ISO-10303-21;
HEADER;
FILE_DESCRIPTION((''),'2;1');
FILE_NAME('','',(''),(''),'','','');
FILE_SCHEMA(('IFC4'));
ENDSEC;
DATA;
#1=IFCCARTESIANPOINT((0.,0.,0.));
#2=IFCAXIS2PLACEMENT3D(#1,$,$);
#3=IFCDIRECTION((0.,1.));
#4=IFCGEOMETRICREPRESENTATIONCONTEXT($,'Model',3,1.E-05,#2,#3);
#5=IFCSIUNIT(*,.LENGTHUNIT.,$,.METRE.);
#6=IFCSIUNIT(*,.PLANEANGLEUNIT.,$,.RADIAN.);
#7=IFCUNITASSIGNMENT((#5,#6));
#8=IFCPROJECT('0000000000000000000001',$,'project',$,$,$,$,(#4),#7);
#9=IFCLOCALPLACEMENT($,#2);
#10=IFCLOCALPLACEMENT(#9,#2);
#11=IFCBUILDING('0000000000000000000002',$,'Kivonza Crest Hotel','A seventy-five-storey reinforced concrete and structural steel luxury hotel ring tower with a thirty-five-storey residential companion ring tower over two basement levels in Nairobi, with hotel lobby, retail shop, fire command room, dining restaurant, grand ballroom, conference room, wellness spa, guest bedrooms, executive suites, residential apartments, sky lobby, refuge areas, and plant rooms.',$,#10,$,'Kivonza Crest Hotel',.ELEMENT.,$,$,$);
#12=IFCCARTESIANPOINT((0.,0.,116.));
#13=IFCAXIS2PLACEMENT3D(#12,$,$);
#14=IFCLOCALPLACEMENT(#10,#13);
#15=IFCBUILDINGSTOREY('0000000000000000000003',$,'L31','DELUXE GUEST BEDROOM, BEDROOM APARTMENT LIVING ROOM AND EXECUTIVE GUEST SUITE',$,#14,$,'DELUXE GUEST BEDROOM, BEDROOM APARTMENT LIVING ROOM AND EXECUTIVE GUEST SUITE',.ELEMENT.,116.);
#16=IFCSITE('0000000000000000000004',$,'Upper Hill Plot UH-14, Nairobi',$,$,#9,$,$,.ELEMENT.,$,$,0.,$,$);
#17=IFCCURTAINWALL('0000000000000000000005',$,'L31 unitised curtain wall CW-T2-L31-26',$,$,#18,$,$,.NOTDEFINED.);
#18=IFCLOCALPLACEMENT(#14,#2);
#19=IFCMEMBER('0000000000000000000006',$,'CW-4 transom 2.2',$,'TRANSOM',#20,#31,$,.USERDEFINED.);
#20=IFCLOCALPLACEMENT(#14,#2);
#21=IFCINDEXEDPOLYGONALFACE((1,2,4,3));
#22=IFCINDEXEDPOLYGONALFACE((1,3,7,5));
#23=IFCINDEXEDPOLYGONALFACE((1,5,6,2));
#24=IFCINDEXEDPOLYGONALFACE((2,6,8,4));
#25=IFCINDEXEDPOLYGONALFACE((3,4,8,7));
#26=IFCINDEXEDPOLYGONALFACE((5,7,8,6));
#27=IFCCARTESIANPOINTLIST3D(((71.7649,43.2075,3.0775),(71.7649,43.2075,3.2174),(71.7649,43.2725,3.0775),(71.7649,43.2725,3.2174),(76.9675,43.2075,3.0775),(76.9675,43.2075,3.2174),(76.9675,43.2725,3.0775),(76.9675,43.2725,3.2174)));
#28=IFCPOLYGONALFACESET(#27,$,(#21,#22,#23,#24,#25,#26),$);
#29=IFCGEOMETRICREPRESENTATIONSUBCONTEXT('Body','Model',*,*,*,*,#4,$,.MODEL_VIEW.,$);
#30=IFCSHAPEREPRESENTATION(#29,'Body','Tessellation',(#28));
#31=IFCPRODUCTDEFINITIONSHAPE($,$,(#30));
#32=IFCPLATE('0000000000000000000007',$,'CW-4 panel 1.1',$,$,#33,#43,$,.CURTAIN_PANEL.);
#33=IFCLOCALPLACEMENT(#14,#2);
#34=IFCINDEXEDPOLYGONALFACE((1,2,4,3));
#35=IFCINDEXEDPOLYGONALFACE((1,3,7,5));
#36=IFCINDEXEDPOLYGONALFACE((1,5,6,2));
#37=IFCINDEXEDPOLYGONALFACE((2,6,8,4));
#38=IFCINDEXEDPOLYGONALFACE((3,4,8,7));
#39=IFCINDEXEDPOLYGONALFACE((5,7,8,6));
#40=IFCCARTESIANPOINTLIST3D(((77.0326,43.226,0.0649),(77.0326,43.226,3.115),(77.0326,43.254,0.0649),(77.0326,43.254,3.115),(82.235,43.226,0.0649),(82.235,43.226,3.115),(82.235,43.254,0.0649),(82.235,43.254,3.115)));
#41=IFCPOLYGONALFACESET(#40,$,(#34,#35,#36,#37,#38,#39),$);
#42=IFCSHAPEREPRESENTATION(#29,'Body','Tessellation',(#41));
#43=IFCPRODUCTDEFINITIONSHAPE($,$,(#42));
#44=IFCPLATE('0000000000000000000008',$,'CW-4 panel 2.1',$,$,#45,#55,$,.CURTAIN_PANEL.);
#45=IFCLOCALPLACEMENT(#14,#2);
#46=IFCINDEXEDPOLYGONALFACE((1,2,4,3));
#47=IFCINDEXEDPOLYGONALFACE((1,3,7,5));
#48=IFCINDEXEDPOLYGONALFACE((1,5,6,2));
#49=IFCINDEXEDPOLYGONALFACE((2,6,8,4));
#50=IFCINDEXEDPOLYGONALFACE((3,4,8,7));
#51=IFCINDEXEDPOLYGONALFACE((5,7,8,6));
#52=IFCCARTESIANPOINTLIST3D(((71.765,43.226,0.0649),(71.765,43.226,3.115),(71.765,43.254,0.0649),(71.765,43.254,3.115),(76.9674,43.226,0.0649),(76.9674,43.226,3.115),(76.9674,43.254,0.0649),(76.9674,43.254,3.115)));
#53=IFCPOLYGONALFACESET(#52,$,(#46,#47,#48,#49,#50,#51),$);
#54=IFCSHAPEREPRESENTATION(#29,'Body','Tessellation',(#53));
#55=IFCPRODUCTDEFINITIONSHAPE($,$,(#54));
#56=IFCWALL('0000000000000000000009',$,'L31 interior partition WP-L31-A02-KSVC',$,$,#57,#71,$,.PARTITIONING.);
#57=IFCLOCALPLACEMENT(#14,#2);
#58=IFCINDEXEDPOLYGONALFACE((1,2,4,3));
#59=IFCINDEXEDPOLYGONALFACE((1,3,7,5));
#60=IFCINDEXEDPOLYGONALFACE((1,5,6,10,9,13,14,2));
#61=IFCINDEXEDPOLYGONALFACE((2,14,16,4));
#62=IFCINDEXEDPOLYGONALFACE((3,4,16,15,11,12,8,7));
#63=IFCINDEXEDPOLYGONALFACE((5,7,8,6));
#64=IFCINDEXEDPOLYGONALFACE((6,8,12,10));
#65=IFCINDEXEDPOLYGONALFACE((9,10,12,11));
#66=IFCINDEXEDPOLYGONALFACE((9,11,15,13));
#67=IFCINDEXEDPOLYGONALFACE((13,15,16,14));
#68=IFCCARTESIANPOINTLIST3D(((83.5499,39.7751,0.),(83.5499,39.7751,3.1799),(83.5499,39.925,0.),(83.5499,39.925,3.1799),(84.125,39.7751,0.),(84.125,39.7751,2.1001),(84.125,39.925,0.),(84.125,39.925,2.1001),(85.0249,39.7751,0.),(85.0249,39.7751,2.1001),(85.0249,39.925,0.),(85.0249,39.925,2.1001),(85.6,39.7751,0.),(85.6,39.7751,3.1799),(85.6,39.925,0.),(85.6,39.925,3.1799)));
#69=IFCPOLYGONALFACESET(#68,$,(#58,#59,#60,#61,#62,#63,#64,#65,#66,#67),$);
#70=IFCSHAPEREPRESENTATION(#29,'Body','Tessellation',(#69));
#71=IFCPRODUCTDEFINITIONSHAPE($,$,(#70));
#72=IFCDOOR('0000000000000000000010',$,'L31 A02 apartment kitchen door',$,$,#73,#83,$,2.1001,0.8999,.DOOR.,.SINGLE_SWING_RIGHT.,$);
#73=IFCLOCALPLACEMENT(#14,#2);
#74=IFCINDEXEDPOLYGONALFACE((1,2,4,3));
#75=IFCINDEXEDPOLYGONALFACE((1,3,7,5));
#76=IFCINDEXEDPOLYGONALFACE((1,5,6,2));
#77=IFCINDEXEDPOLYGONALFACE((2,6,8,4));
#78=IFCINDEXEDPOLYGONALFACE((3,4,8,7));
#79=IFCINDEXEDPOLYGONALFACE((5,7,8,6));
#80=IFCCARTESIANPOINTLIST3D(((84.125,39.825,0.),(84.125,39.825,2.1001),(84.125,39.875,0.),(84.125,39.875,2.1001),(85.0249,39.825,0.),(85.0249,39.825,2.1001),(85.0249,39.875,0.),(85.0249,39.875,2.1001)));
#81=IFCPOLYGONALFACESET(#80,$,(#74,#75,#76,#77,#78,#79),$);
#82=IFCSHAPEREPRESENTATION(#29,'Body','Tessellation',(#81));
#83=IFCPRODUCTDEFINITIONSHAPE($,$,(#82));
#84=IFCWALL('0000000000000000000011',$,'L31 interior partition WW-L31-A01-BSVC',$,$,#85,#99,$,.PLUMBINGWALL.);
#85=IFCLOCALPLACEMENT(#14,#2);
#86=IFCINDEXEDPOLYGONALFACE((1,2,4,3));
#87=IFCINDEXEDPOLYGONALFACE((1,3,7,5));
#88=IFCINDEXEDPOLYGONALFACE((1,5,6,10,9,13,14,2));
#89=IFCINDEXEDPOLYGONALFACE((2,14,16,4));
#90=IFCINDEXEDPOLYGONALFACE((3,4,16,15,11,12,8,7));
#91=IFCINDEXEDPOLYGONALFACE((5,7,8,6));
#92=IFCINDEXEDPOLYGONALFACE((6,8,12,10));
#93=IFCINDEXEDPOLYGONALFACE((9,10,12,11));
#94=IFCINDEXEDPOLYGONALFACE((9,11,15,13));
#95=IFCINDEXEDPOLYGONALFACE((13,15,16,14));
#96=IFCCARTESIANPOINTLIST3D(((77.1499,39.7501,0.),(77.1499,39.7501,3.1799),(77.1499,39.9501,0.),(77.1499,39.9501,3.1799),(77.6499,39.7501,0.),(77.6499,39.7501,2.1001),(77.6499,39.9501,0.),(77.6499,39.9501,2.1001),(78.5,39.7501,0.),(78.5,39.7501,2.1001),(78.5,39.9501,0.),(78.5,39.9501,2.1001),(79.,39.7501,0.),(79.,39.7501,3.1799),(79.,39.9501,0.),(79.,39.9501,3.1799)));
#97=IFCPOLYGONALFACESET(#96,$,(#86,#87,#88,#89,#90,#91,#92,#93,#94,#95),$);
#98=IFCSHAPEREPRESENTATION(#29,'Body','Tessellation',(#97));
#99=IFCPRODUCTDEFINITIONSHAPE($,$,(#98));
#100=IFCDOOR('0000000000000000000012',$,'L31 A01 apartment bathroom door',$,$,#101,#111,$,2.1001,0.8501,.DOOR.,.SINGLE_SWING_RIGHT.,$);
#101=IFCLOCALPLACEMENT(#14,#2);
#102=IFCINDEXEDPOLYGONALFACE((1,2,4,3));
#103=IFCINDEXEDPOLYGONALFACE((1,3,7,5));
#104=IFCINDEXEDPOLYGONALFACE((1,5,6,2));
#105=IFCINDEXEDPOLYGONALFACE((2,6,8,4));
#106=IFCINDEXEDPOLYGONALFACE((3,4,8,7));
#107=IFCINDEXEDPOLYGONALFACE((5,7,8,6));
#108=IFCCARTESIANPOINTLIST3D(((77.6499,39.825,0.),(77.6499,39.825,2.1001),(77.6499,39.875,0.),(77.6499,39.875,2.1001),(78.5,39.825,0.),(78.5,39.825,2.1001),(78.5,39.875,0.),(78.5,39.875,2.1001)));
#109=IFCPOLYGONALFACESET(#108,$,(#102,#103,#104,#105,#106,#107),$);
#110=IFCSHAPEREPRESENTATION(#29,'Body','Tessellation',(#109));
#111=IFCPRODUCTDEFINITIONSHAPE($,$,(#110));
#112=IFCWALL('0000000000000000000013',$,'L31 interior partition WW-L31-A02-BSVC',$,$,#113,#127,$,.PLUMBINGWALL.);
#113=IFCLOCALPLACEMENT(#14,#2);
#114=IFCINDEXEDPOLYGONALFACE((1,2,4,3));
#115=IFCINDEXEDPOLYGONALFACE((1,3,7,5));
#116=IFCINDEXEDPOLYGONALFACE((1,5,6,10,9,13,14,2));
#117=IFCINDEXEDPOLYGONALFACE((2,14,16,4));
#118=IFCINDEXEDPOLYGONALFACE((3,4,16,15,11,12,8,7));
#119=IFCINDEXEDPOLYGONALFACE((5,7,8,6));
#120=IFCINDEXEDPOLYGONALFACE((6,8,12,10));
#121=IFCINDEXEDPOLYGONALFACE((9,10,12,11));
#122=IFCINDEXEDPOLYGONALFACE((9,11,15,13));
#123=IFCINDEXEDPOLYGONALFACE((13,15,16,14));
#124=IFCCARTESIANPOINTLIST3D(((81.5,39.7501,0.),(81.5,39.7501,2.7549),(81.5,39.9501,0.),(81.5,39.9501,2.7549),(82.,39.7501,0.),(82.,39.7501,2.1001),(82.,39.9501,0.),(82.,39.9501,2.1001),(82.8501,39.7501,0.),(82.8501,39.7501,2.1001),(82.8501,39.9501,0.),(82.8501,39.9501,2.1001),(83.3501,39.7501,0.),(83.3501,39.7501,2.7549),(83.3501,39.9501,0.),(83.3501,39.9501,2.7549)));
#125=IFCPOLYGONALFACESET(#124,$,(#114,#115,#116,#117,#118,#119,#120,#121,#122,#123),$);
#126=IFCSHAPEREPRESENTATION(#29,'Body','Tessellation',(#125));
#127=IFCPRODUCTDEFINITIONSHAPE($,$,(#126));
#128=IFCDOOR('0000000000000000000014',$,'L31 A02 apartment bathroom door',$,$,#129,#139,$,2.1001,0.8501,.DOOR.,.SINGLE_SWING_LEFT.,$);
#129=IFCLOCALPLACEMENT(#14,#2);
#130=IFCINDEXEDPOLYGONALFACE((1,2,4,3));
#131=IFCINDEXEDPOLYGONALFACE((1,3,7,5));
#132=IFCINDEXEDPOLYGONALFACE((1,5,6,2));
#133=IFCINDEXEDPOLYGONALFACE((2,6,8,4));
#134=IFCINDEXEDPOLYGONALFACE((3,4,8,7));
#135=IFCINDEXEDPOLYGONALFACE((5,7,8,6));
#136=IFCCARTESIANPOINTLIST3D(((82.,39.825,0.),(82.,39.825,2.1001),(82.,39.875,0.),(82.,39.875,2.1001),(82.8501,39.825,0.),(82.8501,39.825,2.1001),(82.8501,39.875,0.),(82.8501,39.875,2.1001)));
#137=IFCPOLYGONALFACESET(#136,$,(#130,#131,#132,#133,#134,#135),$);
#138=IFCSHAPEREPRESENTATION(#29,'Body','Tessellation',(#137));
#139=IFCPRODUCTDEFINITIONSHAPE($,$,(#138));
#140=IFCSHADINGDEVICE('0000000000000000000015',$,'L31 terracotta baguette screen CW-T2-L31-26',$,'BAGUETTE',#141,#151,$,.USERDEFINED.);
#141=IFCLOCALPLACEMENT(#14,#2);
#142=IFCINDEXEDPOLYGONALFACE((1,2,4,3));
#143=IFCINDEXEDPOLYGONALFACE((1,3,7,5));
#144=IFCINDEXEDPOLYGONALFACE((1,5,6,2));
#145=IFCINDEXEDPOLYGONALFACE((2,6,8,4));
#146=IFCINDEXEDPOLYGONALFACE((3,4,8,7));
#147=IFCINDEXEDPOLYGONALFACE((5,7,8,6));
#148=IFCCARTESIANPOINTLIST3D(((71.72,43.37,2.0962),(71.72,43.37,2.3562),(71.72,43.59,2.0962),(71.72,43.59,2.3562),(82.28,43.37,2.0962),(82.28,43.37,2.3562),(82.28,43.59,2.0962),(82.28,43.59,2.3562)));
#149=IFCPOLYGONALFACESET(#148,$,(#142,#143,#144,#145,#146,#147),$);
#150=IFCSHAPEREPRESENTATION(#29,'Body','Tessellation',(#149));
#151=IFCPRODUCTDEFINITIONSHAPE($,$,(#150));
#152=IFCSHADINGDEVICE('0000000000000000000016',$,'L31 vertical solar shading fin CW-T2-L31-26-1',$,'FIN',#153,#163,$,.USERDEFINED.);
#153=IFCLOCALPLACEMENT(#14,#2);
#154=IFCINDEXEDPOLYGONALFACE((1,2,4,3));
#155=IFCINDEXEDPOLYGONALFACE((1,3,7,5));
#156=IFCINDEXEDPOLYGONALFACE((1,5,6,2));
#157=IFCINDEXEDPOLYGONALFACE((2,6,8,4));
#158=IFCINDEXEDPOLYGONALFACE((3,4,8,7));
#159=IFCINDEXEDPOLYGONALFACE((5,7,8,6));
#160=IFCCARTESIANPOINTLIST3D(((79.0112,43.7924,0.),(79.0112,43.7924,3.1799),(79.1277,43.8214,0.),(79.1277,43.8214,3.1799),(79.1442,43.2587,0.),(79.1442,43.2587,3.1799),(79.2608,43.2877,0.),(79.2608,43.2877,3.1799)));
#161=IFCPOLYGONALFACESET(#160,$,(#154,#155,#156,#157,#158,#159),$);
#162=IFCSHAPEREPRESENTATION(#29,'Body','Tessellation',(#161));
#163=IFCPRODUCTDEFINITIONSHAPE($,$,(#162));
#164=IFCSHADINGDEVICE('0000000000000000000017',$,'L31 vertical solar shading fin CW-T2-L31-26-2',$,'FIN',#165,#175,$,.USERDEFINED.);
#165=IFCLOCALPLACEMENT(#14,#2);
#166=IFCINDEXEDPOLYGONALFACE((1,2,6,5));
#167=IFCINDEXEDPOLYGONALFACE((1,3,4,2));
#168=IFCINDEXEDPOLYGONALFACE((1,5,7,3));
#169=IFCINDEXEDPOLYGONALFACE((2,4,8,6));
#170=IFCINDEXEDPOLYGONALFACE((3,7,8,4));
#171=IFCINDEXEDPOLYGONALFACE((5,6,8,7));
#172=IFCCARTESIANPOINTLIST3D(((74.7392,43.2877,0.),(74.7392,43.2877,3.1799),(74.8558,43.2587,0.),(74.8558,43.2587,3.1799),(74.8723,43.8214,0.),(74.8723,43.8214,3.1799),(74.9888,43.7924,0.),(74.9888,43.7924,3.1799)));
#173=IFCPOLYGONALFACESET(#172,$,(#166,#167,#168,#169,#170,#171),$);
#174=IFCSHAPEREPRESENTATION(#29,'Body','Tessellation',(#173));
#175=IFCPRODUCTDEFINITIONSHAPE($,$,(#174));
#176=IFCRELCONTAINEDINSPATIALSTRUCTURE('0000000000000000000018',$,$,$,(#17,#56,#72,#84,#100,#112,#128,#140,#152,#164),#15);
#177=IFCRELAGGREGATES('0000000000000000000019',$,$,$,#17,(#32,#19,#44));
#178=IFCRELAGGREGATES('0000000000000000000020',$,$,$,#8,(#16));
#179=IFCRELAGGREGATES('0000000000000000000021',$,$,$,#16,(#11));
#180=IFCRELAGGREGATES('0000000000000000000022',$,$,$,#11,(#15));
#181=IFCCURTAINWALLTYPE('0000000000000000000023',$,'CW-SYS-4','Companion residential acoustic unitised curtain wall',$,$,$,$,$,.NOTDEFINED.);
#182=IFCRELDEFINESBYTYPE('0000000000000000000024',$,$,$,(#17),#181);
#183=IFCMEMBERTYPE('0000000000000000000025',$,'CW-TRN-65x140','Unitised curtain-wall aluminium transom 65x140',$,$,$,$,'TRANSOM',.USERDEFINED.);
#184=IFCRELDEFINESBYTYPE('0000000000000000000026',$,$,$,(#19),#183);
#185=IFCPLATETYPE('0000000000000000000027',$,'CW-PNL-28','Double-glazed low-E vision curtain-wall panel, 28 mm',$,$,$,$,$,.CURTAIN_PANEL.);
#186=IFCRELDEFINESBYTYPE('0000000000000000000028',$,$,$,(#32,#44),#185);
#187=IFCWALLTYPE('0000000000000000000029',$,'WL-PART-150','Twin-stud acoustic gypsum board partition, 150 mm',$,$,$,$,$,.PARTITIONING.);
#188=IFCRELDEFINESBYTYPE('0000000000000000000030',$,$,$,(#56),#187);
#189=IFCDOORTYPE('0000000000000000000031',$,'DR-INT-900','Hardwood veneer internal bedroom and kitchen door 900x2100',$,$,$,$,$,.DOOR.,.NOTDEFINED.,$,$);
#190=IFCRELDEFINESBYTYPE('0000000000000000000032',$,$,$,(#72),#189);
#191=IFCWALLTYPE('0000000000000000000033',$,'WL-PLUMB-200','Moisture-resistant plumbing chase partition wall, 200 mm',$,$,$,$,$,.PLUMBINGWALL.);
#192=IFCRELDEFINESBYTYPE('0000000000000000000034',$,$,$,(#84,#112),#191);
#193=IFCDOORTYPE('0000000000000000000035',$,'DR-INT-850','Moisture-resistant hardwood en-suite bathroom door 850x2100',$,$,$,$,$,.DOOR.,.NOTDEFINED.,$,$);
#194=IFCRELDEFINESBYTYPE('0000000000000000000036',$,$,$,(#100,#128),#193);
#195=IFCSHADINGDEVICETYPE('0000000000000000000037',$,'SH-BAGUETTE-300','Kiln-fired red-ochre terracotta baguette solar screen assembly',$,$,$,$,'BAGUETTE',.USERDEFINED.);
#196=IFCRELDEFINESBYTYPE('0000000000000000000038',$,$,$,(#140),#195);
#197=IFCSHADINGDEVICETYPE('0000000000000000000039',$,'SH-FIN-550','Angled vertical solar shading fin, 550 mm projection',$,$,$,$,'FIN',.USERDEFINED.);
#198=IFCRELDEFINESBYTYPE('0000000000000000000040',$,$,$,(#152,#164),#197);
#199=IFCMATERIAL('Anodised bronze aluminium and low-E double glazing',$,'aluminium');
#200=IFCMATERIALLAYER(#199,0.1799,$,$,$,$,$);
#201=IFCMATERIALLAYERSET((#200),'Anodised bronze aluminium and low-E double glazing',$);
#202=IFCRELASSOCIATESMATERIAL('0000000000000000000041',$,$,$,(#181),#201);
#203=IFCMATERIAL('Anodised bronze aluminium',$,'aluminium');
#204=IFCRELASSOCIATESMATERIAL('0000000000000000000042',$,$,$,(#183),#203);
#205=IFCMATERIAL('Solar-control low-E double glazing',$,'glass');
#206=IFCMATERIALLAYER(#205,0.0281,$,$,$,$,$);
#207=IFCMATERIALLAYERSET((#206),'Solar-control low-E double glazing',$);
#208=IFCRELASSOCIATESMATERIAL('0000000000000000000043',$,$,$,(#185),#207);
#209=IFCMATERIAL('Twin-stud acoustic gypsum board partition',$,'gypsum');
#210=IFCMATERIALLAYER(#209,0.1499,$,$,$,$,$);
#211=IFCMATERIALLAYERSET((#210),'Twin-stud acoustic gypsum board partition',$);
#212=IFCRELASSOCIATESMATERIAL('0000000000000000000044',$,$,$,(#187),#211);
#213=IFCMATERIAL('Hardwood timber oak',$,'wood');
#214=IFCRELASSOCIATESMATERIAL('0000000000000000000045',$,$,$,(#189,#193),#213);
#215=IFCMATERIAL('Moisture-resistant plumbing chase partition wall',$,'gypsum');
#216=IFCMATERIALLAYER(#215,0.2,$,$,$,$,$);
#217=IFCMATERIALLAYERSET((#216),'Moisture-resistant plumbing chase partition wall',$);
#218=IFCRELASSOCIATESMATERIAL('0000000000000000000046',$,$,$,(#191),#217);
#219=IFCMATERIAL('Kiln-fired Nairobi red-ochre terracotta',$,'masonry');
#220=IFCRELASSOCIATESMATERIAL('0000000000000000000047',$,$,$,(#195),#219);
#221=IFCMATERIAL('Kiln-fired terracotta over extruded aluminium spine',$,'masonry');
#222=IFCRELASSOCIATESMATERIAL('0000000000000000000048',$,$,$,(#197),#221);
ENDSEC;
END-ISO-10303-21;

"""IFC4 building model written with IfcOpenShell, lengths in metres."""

from ifc_helpers import new_model, si_unit, direction, frame, frame_2d, origin, origin_2d, place, context, subcontext, project, spatial, rectangle, extrude, material, layer, layer_set, material_profile, profile_set, type_object, element, fill, aggregate, save


model = new_model("IFC4")

# Units and contexts
model_context = context("Model", 3, precision=1e-05, world=origin(), true_north=direction((0.0, 1.0)))
body_context = subcontext(model_context, "Body", "Model", "MODEL_VIEW")
ifc_project = project(units=[si_unit("LENGTHUNIT", "METRE"), si_unit("PLANEANGLEUNIT", "RADIAN")], contexts=[model_context])

# Site, building, storey
site_placement = place(None, origin())
site = spatial("IfcSite", under=ifc_project, at=site_placement, Name="Upper Hill Plot UH-14, Nairobi", CompositionType="ELEMENT", RefElevation=0.0)
building_placement = place(site_placement, origin())
building = spatial("IfcBuilding", under=site, at=building_placement, Name="Kivonza Crest Hotel", Description="A seventy-five-storey reinforced concrete and structural steel luxury hotel ring tower with a thirty-five-storey residential companion ring tower over two basement levels in Nairobi, with hotel lobby, retail shop, fire command room, dining restaurant, grand ballroom, conference room, wellness spa, guest bedrooms, executive suites, residential apartments, sky lobby, refuge areas, and plant rooms.", LongName="Kivonza Crest Hotel", CompositionType="ELEMENT")
storey_placement = place(building_placement, frame((0.0, 0.0, 116.0)))
storey = spatial("IfcBuildingStorey", under=building, at=storey_placement, Name="L31", Description="DELUXE GUEST BEDROOM, BEDROOM APARTMENT LIVING ROOM AND EXECUTIVE GUEST SUITE", LongName="DELUXE GUEST BEDROOM, BEDROOM APARTMENT LIVING ROOM AND EXECUTIVE GUEST SUITE", CompositionType="ELEMENT", Elevation=116.0)

# Curtain wall, member, plates
ifc_material_1 = material(Name="Anodised bronze aluminium and low-E double glazing", Category="aluminium")
ifc_layer_1 = layer(ifc_material_1, 0.1799)
ifc_layer_set_1 = layer_set([ifc_layer_1], Name="Anodised bronze aluminium and low-E double glazing")
curtain_wall_type = type_object("IfcCurtainWallType", Name="CW-SYS-4", Description="Companion residential acoustic unitised curtain wall", PredefinedType="NOTDEFINED", material=ifc_layer_set_1)
curtain_wall_placement = place(storey_placement, origin())
curtain_wall = element("IfcCurtainWall", 1, at=curtain_wall_placement, inside=storey, type_object=curtain_wall_type, Name="L31 unitised curtain wall CW-T2-L31-26", PredefinedType="NOTDEFINED")
ifc_material_2 = material(Name="Anodised bronze aluminium", Category="aluminium")
ifc_material_profile_1 = material_profile(ifc_material_2, rectangle(XDim=0.0649, YDim=0.1399, at=origin_2d()), Name="CW-T 65x140")
ifc_profile_set_1 = profile_set([ifc_material_profile_1], Name="Anodised bronze aluminium")
member_type_1 = type_object("IfcMemberType", Name="CW-TRN-65x140", Description="Unitised curtain-wall aluminium transom 65x140", ElementType="TRANSOM", PredefinedType="USERDEFINED", material=ifc_profile_set_1)
member_1_placement = place(storey_placement, frame((76.9675, 43.24, 3.1475), z_axis=(-1.0, 0.0, 0.0), x_axis=(0.0, -1.0, 0.0)))
member_1 = element("IfcMember", 2, at=member_1_placement, type_object=member_type_1, Name="CW-4 transom 2.2", ObjectType="TRANSOM", PredefinedType="USERDEFINED", context=body_context, shape_type="SweptSolid", body=[
    extrude(rectangle(XDim=0.0649, YDim=0.1399, at=origin_2d()), origin(), (0.0, 0.0, 1.0), 5.2026),
])
ifc_material_3 = material(Name="Solar-control low-E double glazing", Category="glass")
ifc_layer_2 = layer(ifc_material_3, 0.0281)
ifc_layer_set_2 = layer_set([ifc_layer_2], Name="Solar-control low-E double glazing")
plate_type = type_object("IfcPlateType", Name="CW-PNL-28", Description="Double-glazed low-E vision curtain-wall panel, 28 mm", PredefinedType="CURTAIN_PANEL", material=ifc_layer_set_2)
plate_1_placement = place(storey_placement, frame((79.6338, 43.24, 0.0649), z_axis=(0.0, 0.0, 1.0), x_axis=(-1.0, 0.0, 0.0)))
plate_1 = element("IfcPlate", 3, at=plate_1_placement, type_object=plate_type, Name="CW-4 panel 1.1", PredefinedType="CURTAIN_PANEL", context=body_context, shape_type="SweptSolid", body=[
    extrude(rectangle(XDim=5.2024, YDim=0.0281, at=origin_2d()), origin(), (0.0, 0.0, 1.0), 3.05),
])
plate_2_placement = place(storey_placement, frame((74.3662, 43.24, 0.0649), z_axis=(0.0, 0.0, 1.0), x_axis=(-1.0, 0.0, 0.0)))
plate_2 = element("IfcPlate", 4, at=plate_2_placement, type_object=plate_type, Name="CW-4 panel 2.1", PredefinedType="CURTAIN_PANEL", context=body_context, shape_type="SweptSolid", body=[
    extrude(rectangle(XDim=5.2024, YDim=0.0281, at=origin_2d()), origin(), (0.0, 0.0, 1.0), 3.05),
])
aggregate(curtain_wall, [plate_1, member_1, plate_2])

# Walls, openings, doors
ifc_material_4 = material(Name="Twin-stud acoustic gypsum board partition", Category="gypsum")
ifc_layer_3 = layer(ifc_material_4, 0.1499)
ifc_layer_set_3 = layer_set([ifc_layer_3], Name="Twin-stud acoustic gypsum board partition")
wall_type_1 = type_object("IfcWallType", Name="WL-PART-150", Description="Twin-stud acoustic gypsum board partition, 150 mm", PredefinedType="PARTITIONING", material=ifc_layer_set_3)
wall_1_placement = place(storey_placement, frame((83.55, 39.8501, 0.0), z_axis=(0.0, 0.0, 1.0), x_axis=(1.0, 0.0, 0.0)))
wall_1 = element("IfcWall", 5, at=wall_1_placement, inside=storey, type_object=wall_type_1, Name="L31 interior partition WP-L31-A02-KSVC", PredefinedType="PARTITIONING", context=body_context, shape_type="SweptSolid", body=[
    extrude(rectangle(XDim=2.05, YDim=0.1499, at=frame_2d((1.0249, 0.0))), origin(), (0.0, 0.0, 1.0), 3.1799),
])
opening_1_placement = place(wall_1_placement, frame((0.575, 0.0, 0.0)))
opening_1 = element("IfcOpeningElement", 6, at=opening_1_placement, cuts=wall_1, PredefinedType="OPENING", context=body_context, shape_type="SweptSolid", body=[
    extrude(rectangle(XDim=0.8999, YDim=2.1001, at=frame_2d((0.45, 1.05))), frame((0.0, 0.085, 0.0), z_axis=(0.0, -1.0, 0.0), x_axis=(1.0, 0.0, 0.0)), (0.0, 0.0, 1.0), 0.1699),
])
ifc_material_5 = material(Name="Hardwood timber oak", Category="wood")
door_type_1 = type_object("IfcDoorType", Name="DR-INT-900", Description="Hardwood veneer internal bedroom and kitchen door 900x2100", OperationType="NOTDEFINED", PredefinedType="DOOR", material=ifc_material_5)
door_1_placement = place(opening_1_placement, origin())
door_1 = element("IfcDoor", 7, at=door_1_placement, inside=storey, type_object=door_type_1, Name="L31 A02 apartment kitchen door", OperationType="SINGLE_SWING_RIGHT", OverallHeight=2.1001, OverallWidth=0.8999, PredefinedType="DOOR", context=body_context, shape_type="SweptSolid", body=[
    extrude(rectangle(XDim=0.8999, YDim=2.1001, at=frame_2d((0.45, 1.05))), frame((0.0, 0.0249, 0.0), z_axis=(0.0, -1.0, 0.0), x_axis=(1.0, 0.0, 0.0)), (0.0, 0.0, 1.0), 0.05),
])
fill(opening_1, door_1)
ifc_material_6 = material(Name="Moisture-resistant plumbing chase partition wall", Category="gypsum")
ifc_layer_4 = layer(ifc_material_6, 0.2)
ifc_layer_set_4 = layer_set([ifc_layer_4], Name="Moisture-resistant plumbing chase partition wall")
wall_type_2 = type_object("IfcWallType", Name="WL-PLUMB-200", Description="Moisture-resistant plumbing chase partition wall, 200 mm", PredefinedType="PLUMBINGWALL", material=ifc_layer_set_4)
wall_2_placement = place(storey_placement, frame((77.1499, 39.8501, 0.0), z_axis=(0.0, 0.0, 1.0), x_axis=(1.0, 0.0, 0.0)))
wall_2 = element("IfcWall", 8, at=wall_2_placement, inside=storey, type_object=wall_type_2, Name="L31 interior partition WW-L31-A01-BSVC", PredefinedType="PLUMBINGWALL", context=body_context, shape_type="SweptSolid", body=[
    extrude(rectangle(XDim=1.8501, YDim=0.2, at=frame_2d((0.925, 0.0))), origin(), (0.0, 0.0, 1.0), 3.1799),
])
opening_2_placement = place(wall_2_placement, frame((0.5, 0.0, 0.0)))
opening_2 = element("IfcOpeningElement", 9, at=opening_2_placement, cuts=wall_2, PredefinedType="OPENING", context=body_context, shape_type="SweptSolid", body=[
    extrude(rectangle(XDim=0.8501, YDim=2.1001, at=frame_2d((0.425, 1.05))), frame((0.0, 0.1099, 0.0), z_axis=(0.0, -1.0, 0.0), x_axis=(1.0, 0.0, 0.0)), (0.0, 0.0, 1.0), 0.22),
])
door_type_2 = type_object("IfcDoorType", Name="DR-INT-850", Description="Moisture-resistant hardwood en-suite bathroom door 850x2100", OperationType="NOTDEFINED", PredefinedType="DOOR", material=ifc_material_5)
door_2_placement = place(opening_2_placement, origin())
door_2 = element("IfcDoor", 10, at=door_2_placement, inside=storey, type_object=door_type_2, Name="L31 A01 apartment bathroom door", OperationType="SINGLE_SWING_RIGHT", OverallHeight=2.1001, OverallWidth=0.8501, PredefinedType="DOOR", context=body_context, shape_type="SweptSolid", body=[
    extrude(rectangle(XDim=0.8501, YDim=2.1001, at=frame_2d((0.425, 1.05))), frame((0.0, 0.0249, 0.0), z_axis=(0.0, -1.0, 0.0), x_axis=(1.0, 0.0, 0.0)), (0.0, 0.0, 1.0), 0.05),
])
fill(opening_2, door_2)
wall_3_placement = place(storey_placement, frame((81.5, 39.8501, 0.0), z_axis=(0.0, 0.0, 1.0), x_axis=(1.0, 0.0, 0.0)))
wall_3 = element("IfcWall", 11, at=wall_3_placement, inside=storey, type_object=wall_type_2, Name="L31 interior partition WW-L31-A02-BSVC", PredefinedType="PLUMBINGWALL", context=body_context, shape_type="SweptSolid", body=[
    extrude(rectangle(XDim=1.8501, YDim=0.2, at=frame_2d((0.925, 0.0))), origin(), (0.0, 0.0, 1.0), 2.7549),
])
opening_3_placement = place(wall_3_placement, frame((0.5, 0.0, 0.0)))
opening_3 = element("IfcOpeningElement", 12, at=opening_3_placement, cuts=wall_3, PredefinedType="OPENING", context=body_context, shape_type="SweptSolid", body=[
    extrude(rectangle(XDim=0.8501, YDim=2.1001, at=frame_2d((0.425, 1.05))), frame((0.0, 0.1099, 0.0), z_axis=(0.0, -1.0, 0.0), x_axis=(1.0, 0.0, 0.0)), (0.0, 0.0, 1.0), 0.22),
])
door_3_placement = place(opening_3_placement, origin())
door_3 = element("IfcDoor", 13, at=door_3_placement, inside=storey, type_object=door_type_2, Name="L31 A02 apartment bathroom door", OperationType="SINGLE_SWING_LEFT", OverallHeight=2.1001, OverallWidth=0.8501, PredefinedType="DOOR", context=body_context, shape_type="SweptSolid", body=[
    extrude(rectangle(XDim=0.8501, YDim=2.1001, at=frame_2d((0.425, 1.05))), frame((0.0, 0.0249, 0.0), z_axis=(0.0, -1.0, 0.0), x_axis=(1.0, 0.0, 0.0)), (0.0, 0.0, 1.0), 0.05),
])
fill(opening_3, door_3)

# Shading devices
ifc_material_7 = material(Name="Kiln-fired Nairobi red-ochre terracotta", Category="masonry")
shading_device_type_1 = type_object("IfcShadingDeviceType", Name="SH-BAGUETTE-300", Description="Kiln-fired red-ochre terracotta baguette solar screen assembly", ElementType="BAGUETTE", PredefinedType="USERDEFINED", material=ifc_material_7)
shading_device_placement = place(storey_placement, frame((77.0, 43.48, 2.0962), z_axis=(0.0, 0.0, 1.0), x_axis=(-1.0, 0.0, 0.0)))
element("IfcShadingDevice", 14, at=shading_device_placement, inside=storey, type_object=shading_device_type_1, Name="L31 terracotta baguette screen CW-T2-L31-26", ObjectType="BAGUETTE", PredefinedType="USERDEFINED", context=body_context, shape_type="SweptSolid", body=[
    extrude(rectangle(XDim=10.5601, YDim=0.22, at=origin_2d()), origin(), (0.0, 0.0, 1.0), 0.26),
])
ifc_material_8 = material(Name="Kiln-fired terracotta over extruded aluminium spine", Category="masonry")
shading_device_type_2 = type_object("IfcShadingDeviceType", Name="SH-FIN-550", Description="Angled vertical solar shading fin, 550 mm projection", ElementType="FIN", PredefinedType="USERDEFINED", material=ifc_material_8)
for number, where, z_axis, x_axis, name in (
    (15, (79.136, 43.54, 0.0), (0.0, 0.0, 1.0), (-0.970296, -0.241922, 0.0), "L31 vertical solar shading fin CW-T2-L31-26-1"),
    (16, (74.864, 43.54, 0.0), (0.0, 0.0, 1.0), (-0.970296, 0.241922, 0.0), "L31 vertical solar shading fin CW-T2-L31-26-2"),
):
    element("IfcShadingDevice", number, at=place(storey_placement, frame(where, z_axis=z_axis, x_axis=x_axis)), inside=storey, type_object=shading_device_type_2, Name=name, ObjectType="FIN", PredefinedType="USERDEFINED", context=body_context, shape_type="SweptSolid", body=[
        extrude(rectangle(XDim=0.1201, YDim=0.55, at=origin_2d()), origin(), (0.0, 0.0, 1.0), 3.1799),
    ])

save(model, "model.ifc")
